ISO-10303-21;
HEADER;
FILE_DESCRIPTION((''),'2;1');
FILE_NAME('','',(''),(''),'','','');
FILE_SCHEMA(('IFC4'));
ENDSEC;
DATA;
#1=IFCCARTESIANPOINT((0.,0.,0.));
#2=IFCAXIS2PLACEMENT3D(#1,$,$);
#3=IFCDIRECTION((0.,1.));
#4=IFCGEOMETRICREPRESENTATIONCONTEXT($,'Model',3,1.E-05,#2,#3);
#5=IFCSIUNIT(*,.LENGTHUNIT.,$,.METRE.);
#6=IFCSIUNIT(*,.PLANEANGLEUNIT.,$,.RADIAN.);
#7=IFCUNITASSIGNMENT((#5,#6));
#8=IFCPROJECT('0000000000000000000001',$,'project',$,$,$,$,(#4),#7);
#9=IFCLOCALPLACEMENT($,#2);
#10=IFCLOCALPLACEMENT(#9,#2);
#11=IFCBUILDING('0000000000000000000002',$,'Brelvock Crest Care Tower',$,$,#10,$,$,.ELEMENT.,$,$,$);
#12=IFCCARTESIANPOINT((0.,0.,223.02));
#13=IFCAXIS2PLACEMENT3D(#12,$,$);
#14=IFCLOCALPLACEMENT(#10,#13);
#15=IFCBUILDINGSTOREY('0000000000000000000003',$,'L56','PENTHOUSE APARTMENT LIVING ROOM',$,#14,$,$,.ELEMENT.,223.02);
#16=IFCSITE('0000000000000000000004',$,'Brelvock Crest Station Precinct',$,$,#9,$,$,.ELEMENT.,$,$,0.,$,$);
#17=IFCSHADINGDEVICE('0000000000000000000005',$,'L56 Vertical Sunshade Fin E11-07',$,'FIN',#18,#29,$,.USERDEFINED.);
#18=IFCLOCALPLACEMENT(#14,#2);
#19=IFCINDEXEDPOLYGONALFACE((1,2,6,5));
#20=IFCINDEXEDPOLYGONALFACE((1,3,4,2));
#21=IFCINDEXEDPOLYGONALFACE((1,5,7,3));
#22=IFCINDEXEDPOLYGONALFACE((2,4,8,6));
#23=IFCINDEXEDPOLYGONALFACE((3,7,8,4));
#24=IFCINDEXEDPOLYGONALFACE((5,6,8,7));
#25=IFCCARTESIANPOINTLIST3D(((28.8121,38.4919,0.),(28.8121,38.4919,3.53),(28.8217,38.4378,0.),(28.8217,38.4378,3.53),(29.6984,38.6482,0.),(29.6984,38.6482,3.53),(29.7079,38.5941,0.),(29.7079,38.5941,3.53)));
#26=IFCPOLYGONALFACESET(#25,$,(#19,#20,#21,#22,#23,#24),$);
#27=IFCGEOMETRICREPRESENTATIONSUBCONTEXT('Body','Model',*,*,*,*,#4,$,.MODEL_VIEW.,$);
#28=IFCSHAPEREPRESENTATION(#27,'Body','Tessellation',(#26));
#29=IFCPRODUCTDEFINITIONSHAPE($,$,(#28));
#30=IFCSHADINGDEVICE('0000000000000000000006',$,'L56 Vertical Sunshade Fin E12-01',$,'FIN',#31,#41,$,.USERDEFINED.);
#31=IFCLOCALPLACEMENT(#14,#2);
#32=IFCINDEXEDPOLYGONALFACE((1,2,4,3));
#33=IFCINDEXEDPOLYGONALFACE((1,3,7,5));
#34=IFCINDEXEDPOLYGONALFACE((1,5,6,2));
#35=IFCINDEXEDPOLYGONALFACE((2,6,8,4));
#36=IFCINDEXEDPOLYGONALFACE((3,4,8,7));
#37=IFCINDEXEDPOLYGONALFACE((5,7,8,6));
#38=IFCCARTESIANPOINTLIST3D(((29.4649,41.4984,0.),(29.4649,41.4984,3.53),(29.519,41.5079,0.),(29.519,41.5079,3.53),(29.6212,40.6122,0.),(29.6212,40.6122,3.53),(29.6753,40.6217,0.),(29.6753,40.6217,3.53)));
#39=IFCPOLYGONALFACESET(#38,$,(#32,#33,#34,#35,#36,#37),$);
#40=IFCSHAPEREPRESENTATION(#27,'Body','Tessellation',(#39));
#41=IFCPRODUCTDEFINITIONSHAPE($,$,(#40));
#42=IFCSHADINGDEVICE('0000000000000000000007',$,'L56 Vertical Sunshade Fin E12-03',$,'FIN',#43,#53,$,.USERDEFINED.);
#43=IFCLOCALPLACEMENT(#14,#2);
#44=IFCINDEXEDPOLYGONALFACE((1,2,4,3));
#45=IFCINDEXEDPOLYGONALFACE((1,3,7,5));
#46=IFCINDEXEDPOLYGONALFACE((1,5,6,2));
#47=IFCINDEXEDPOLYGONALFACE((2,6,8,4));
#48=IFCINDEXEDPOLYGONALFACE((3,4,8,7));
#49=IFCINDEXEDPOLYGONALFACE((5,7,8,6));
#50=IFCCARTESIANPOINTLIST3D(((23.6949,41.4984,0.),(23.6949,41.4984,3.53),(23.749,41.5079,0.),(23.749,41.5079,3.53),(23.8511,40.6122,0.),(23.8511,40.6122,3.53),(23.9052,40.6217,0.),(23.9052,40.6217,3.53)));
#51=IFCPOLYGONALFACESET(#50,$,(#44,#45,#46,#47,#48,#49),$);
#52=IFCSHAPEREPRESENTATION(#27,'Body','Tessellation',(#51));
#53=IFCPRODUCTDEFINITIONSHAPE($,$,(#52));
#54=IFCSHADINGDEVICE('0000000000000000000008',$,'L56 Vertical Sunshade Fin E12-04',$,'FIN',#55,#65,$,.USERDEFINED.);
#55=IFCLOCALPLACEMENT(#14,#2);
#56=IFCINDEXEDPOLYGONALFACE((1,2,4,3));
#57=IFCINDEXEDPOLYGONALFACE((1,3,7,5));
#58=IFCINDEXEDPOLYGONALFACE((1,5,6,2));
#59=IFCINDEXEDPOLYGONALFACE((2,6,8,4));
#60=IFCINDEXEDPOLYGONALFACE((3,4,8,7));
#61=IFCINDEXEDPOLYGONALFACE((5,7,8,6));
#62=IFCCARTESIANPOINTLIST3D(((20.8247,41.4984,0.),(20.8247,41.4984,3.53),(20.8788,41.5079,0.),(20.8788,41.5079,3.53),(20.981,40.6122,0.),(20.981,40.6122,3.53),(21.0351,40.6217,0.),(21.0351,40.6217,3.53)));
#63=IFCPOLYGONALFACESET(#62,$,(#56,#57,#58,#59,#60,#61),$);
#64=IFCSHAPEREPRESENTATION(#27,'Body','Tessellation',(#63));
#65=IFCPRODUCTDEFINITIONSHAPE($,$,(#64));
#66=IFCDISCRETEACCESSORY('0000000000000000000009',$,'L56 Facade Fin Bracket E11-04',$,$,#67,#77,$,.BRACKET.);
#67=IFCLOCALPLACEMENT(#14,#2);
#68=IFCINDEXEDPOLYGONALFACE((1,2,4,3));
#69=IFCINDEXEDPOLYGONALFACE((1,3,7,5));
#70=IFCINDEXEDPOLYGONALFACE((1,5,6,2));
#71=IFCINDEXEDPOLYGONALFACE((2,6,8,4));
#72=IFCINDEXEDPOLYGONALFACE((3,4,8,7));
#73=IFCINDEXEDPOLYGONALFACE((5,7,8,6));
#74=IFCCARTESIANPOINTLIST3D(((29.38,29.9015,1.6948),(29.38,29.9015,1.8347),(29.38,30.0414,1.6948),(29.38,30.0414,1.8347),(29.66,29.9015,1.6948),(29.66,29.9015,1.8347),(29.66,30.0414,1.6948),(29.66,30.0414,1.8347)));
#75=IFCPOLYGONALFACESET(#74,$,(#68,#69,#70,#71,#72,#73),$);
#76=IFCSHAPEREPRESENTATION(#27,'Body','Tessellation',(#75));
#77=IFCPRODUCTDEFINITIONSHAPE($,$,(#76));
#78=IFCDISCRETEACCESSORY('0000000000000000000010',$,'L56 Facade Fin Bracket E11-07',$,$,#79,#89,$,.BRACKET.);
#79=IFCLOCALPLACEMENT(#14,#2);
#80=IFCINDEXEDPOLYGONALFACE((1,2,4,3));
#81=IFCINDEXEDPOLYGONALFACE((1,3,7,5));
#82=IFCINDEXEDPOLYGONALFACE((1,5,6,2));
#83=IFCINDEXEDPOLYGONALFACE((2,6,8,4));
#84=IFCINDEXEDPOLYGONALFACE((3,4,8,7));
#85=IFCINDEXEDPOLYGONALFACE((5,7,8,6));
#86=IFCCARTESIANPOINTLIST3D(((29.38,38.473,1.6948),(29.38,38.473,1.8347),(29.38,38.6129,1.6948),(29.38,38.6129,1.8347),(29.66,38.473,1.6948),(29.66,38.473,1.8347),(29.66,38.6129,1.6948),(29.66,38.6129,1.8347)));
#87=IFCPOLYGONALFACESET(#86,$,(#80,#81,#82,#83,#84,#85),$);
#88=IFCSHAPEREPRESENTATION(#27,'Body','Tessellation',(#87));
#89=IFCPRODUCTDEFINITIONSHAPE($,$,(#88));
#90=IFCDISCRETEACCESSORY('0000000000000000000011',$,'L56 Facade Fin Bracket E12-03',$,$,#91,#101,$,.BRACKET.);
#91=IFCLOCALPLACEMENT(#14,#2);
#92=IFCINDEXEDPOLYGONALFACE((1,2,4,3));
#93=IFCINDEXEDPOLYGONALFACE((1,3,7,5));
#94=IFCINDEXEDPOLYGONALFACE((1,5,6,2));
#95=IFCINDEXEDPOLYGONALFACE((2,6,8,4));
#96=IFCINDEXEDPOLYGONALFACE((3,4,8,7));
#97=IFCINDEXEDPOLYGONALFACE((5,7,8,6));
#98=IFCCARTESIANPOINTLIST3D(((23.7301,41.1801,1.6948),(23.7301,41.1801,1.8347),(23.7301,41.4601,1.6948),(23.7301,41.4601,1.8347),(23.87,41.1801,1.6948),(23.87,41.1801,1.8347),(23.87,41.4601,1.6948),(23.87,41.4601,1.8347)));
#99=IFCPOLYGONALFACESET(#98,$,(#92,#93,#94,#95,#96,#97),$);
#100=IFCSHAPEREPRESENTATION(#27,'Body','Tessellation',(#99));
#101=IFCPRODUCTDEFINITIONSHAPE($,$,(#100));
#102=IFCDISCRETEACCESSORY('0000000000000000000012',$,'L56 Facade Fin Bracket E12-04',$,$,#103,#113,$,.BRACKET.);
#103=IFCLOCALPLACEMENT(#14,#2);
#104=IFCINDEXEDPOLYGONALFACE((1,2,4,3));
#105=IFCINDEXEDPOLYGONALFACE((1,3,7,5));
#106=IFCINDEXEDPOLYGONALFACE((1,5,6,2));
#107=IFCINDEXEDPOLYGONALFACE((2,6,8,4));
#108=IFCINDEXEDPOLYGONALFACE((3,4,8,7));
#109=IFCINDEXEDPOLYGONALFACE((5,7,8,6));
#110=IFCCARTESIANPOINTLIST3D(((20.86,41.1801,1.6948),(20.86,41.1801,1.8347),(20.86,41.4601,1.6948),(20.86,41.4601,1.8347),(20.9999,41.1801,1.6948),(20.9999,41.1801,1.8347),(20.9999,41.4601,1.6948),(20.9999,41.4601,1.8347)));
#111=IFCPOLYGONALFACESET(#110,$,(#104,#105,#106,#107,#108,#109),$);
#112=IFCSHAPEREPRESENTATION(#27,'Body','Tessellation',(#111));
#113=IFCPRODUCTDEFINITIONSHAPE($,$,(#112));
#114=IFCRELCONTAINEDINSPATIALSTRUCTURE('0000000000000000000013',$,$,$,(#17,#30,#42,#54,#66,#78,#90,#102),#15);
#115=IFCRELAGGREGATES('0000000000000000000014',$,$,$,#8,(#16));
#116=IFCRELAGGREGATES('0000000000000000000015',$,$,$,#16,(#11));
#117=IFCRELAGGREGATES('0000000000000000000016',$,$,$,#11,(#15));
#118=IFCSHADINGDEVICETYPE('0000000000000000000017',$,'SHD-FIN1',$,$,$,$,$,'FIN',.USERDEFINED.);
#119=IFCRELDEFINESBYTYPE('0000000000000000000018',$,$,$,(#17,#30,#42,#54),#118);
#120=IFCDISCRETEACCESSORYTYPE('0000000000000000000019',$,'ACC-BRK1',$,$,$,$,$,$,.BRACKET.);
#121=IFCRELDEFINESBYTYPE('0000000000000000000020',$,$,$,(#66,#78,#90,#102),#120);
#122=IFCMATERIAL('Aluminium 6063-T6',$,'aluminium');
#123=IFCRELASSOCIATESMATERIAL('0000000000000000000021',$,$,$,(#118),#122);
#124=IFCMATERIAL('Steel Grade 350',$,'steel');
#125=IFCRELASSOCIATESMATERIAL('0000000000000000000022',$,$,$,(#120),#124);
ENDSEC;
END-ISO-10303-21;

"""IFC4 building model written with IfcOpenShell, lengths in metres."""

from ifc_helpers import new_model, si_unit, direction, frame, origin, origin_2d, place, context, subcontext, project, spatial, rectangle, extrude, source, transform, mapped, material, material_profile, profile_set, type_object, element, save


model = new_model("IFC4")

# Units and contexts
model_context = context("Model", 3, precision=1e-05, world=origin(), true_north=direction((0.0, 1.0)))
body_context = subcontext(model_context, "Body", "Model", "MODEL_VIEW")
ifc_project = project(units=[si_unit("LENGTHUNIT", "METRE"), si_unit("PLANEANGLEUNIT", "RADIAN")], contexts=[model_context])

# Site, building, storey
site_placement = place(None, origin())
site = spatial("IfcSite", under=ifc_project, at=site_placement, Name="Brelvock Crest Station Precinct", CompositionType="ELEMENT", RefElevation=0.0)
building_placement = place(site_placement, origin())
building = spatial("IfcBuilding", under=site, at=building_placement, Name="Brelvock Crest Care Tower", CompositionType="ELEMENT")
storey_placement = place(building_placement, frame((0.0, 0.0, 223.02)))
storey = spatial("IfcBuildingStorey", under=building, at=storey_placement, Name="L56", Description="PENTHOUSE APARTMENT LIVING ROOM", CompositionType="ELEMENT", Elevation=223.02)

# Shared definitions
ifc_material_1 = material(Name="Aluminium 6063-T6", Category="aluminium")

# Shading devices
ifc_material_profile_1 = material_profile(ifc_material_1, rectangle(XDim=0.0549, YDim=0.8999, at=origin_2d()), Name="FIN55x900")
ifc_profile_set_1 = profile_set([ifc_material_profile_1], Name="Aluminium 6063-T6")
shading_device_type = type_object("IfcShadingDeviceType", Name="SHD-FIN1", ElementType="FIN", PredefinedType="USERDEFINED", material=ifc_profile_set_1)
shared_shape_1 = source(origin(), body_context, "Body", "SweptSolid", [
    extrude(rectangle(XDim=0.0549, YDim=0.8999, at=origin_2d()), origin(), (0.0, 0.0, 1.0), 3.53),
])
for number, where, z_axis, x_axis, name in (
    (1, (29.26, 38.543, 0.0), (0.0, 0.0, 1.0), (-0.173648, 0.984808, 0.0), "L56 Vertical Sunshade Fin E11-07"),
    (2, (29.5701, 41.0601, 0.0), (0.0, 0.0, 1.0), (-0.984808, -0.173648, 0.0), "L56 Vertical Sunshade Fin E12-01"),
    (3, (23.8, 41.0601, 0.0), (0.0, 0.0, 1.0), (-0.984808, -0.173648, 0.0), "L56 Vertical Sunshade Fin E12-03"),
    (4, (20.9299, 41.0601, 0.0), (0.0, 0.0, 1.0), (-0.984808, -0.173648, 0.0), "L56 Vertical Sunshade Fin E12-04"),
):
    element("IfcShadingDevice", number, at=place(storey_placement, frame(where, z_axis=z_axis, x_axis=x_axis)), inside=storey, type_object=shading_device_type, Name=name, ObjectType="FIN", PredefinedType="USERDEFINED", context=body_context, shape_type="MappedRepresentation", body=[
        mapped(shared_shape_1, transform((0.0, 0.0, 0.0), x_axis=(1.0, 0.0, 0.0), y_axis=(0.0, 1.0, 0.0), z_axis=(0.0, 0.0, 1.0), scale=1.0)),
    ])

# Discrete accessories
ifc_material_2 = material(Name="Steel Grade 350", Category="steel")
discrete_accessory_type = type_object("IfcDiscreteAccessoryType", Name="ACC-BRK1", PredefinedType="BRACKET", material=ifc_material_2)
shared_shape_2 = source(origin(), body_context, "Body", "SweptSolid", [
    extrude(rectangle(XDim=0.28, YDim=0.1399, at=origin_2d()), origin(), (0.0, 0.0, 1.0), 0.1399),
])
for number, where, z_axis, x_axis, name in (
    (5, (29.52, 29.9714, 1.6948), (0.0, 0.0, 1.0), (-1.0, 0.0, 0.0), "L56 Facade Fin Bracket E11-04"),
    (6, (29.52, 38.543, 1.6948), (0.0, 0.0, 1.0), (-1.0, 0.0, 0.0), "L56 Facade Fin Bracket E11-07"),
    (7, (23.8, 41.3201, 1.6948), (0.0, 0.0, 1.0), (0.0, -1.0, 0.0), "L56 Facade Fin Bracket E12-03"),
    (8, (20.9299, 41.3201, 1.6948), (0.0, 0.0, 1.0), (0.0, -1.0, 0.0), "L56 Facade Fin Bracket E12-04"),
):
    element("IfcDiscreteAccessory", number, at=place(storey_placement, frame(where, z_axis=z_axis, x_axis=x_axis)), inside=storey, type_object=discrete_accessory_type, Name=name, PredefinedType="BRACKET", context=body_context, shape_type="MappedRepresentation", body=[
        mapped(shared_shape_2, transform((0.0, 0.0, 0.0), x_axis=(1.0, 0.0, 0.0), y_axis=(0.0, 1.0, 0.0), z_axis=(0.0, 0.0, 1.0), scale=1.0)),
    ])

save(model, "model.ifc")
